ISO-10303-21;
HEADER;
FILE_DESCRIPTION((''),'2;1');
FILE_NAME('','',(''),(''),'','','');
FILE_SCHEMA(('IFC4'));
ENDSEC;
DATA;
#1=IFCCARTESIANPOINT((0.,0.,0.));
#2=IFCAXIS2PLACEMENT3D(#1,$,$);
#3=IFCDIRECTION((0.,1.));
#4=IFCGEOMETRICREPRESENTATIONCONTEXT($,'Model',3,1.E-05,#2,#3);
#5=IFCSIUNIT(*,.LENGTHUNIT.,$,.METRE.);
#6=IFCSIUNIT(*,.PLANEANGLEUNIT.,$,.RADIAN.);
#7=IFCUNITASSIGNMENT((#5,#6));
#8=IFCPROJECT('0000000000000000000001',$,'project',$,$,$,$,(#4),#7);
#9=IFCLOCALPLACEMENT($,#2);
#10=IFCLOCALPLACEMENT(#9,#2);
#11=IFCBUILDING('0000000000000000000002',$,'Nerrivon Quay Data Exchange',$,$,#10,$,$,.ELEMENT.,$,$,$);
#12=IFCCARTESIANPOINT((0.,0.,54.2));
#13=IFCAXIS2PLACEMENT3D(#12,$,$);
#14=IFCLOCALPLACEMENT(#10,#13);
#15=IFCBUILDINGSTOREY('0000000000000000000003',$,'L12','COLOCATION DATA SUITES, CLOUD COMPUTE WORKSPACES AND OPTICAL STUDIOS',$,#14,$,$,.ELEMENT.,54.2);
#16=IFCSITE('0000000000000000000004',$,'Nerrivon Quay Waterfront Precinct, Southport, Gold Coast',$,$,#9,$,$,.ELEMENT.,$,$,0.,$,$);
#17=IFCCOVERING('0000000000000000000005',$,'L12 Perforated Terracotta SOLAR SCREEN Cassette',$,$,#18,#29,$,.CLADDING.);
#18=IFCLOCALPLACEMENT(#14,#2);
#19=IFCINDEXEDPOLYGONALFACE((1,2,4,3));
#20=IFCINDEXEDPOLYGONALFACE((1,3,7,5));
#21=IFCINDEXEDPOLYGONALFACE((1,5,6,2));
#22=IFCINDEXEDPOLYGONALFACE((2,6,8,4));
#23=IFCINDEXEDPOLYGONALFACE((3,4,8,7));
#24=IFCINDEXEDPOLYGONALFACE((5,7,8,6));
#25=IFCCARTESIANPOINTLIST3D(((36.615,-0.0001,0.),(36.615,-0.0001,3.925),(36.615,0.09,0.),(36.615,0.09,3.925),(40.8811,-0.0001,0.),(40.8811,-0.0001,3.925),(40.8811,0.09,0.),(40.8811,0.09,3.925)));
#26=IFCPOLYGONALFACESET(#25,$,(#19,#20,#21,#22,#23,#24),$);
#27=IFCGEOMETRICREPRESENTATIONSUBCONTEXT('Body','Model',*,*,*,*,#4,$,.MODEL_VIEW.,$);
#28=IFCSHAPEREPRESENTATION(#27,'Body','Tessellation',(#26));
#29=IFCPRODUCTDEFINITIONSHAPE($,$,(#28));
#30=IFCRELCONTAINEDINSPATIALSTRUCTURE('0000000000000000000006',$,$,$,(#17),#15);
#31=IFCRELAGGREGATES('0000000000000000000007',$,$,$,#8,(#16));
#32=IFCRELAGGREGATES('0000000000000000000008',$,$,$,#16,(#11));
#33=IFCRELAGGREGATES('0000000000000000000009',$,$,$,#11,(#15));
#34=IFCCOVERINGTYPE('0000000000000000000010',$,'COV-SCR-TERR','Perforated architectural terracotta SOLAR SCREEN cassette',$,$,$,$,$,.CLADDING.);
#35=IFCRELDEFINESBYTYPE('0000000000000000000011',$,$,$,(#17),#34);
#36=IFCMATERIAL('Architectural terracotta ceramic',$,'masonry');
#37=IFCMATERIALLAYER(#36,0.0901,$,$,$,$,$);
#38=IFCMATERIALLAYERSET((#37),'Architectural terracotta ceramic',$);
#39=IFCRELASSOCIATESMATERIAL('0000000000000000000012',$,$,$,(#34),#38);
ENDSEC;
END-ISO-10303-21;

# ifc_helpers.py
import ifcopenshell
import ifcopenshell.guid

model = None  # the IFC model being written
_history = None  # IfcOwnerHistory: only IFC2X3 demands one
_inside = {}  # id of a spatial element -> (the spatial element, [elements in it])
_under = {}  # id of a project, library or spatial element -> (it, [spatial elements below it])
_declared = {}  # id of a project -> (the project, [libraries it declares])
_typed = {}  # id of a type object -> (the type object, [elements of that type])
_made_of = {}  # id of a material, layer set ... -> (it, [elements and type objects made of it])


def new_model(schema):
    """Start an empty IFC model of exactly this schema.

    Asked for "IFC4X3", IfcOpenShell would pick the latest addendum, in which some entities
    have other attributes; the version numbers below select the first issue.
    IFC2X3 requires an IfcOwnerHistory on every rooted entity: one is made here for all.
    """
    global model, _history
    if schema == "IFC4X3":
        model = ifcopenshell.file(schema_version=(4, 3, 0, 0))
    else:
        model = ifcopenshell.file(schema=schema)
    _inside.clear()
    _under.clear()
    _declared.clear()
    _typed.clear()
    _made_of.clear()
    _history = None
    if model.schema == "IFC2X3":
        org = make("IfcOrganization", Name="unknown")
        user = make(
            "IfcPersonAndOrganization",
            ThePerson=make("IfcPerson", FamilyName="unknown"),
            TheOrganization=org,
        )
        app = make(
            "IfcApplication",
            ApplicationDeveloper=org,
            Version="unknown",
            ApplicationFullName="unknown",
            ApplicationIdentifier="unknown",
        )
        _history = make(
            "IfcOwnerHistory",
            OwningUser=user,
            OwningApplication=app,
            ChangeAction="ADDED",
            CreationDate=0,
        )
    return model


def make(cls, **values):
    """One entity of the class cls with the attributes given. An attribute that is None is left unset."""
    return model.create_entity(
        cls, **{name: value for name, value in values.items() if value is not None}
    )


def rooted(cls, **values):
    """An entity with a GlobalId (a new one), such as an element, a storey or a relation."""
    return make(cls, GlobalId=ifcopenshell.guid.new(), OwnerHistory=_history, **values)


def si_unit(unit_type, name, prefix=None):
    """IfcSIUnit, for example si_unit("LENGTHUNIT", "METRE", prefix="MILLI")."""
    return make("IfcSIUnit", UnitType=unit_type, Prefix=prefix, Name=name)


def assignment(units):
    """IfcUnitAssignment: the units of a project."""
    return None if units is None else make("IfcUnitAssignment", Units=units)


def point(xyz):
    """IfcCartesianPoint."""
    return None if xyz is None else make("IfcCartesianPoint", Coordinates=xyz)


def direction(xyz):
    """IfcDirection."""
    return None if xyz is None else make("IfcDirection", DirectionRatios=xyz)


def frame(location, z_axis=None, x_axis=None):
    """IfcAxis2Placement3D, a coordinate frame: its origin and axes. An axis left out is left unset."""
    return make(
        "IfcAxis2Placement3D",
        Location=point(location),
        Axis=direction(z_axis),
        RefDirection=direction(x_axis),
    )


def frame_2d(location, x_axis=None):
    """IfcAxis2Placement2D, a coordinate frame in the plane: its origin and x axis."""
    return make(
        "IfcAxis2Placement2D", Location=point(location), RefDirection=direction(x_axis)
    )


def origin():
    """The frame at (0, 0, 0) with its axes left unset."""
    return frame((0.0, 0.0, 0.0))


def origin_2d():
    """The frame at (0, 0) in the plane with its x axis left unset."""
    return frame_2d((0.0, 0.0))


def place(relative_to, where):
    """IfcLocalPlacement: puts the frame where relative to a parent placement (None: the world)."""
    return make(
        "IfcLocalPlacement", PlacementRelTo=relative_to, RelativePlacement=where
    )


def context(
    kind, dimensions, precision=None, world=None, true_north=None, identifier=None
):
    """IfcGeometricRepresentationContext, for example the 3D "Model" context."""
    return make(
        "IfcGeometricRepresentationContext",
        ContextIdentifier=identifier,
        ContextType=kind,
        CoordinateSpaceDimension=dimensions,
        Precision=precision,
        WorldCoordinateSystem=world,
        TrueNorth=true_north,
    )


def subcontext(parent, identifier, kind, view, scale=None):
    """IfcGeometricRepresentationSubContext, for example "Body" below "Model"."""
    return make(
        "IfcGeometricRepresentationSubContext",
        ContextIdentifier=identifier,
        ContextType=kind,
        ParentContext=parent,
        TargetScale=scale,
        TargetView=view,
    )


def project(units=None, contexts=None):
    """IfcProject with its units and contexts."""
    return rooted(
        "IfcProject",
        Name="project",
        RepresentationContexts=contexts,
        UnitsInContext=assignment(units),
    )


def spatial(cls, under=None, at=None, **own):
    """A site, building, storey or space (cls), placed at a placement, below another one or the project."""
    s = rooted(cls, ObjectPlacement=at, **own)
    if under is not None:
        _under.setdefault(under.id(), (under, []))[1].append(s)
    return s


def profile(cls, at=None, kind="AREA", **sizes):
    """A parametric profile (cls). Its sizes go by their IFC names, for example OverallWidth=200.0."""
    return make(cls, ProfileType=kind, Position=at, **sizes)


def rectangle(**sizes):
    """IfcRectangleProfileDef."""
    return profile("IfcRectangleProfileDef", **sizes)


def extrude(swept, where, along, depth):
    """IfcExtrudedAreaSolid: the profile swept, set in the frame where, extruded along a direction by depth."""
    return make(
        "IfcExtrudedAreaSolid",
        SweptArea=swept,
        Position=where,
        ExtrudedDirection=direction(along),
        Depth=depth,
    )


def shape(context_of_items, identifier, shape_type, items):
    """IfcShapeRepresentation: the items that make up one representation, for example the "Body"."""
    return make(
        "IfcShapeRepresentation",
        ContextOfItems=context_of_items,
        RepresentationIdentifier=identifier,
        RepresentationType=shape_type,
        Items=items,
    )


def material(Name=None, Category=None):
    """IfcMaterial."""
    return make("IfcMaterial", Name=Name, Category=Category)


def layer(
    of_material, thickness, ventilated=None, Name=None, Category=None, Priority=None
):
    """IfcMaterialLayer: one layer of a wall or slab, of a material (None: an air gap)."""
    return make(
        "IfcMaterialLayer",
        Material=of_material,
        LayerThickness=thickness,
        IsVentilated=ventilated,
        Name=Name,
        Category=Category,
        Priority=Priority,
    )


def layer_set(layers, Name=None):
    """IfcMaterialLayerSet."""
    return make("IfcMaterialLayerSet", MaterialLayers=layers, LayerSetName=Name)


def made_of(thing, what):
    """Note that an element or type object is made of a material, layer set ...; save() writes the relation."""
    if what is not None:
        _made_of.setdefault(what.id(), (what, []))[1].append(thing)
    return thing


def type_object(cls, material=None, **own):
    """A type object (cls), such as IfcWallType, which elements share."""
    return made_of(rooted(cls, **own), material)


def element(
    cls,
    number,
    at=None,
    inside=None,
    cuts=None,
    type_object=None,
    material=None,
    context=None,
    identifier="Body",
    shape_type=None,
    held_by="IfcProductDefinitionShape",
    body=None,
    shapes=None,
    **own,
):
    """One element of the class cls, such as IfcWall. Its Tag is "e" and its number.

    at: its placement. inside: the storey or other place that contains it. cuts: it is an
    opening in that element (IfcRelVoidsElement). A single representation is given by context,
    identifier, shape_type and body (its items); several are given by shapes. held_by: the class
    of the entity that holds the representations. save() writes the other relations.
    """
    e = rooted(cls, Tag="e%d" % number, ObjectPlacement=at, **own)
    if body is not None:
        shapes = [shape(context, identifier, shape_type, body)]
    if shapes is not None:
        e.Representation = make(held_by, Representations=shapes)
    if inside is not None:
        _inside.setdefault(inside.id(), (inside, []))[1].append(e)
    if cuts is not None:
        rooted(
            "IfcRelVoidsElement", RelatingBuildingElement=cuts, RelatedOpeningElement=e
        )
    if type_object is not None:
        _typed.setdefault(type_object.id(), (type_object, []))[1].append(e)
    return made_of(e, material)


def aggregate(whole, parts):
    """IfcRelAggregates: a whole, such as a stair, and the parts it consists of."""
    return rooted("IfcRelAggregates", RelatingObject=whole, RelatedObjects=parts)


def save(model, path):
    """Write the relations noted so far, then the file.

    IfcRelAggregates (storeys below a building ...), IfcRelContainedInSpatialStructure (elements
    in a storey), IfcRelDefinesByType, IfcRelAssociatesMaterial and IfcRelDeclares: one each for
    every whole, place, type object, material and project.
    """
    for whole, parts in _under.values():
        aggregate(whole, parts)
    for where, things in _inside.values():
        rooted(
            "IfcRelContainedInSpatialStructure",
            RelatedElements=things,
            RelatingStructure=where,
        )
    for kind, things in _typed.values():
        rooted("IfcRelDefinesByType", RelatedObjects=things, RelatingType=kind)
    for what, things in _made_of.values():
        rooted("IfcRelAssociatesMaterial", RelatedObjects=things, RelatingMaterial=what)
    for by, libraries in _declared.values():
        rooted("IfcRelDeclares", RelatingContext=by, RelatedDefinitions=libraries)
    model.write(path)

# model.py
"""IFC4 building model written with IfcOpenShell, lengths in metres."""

from ifc_helpers import new_model, si_unit, direction, frame, origin, origin_2d, place, context, subcontext, project, spatial, rectangle, extrude, material, layer, layer_set, type_object, element, save


model = new_model("IFC4")

# Units and contexts
model_context = context("Model", 3, precision=1e-05, world=origin(), true_north=direction((0.0, 1.0)))
body_context = subcontext(model_context, "Body", "Model", "MODEL_VIEW")
ifc_project = project(units=[si_unit("LENGTHUNIT", "METRE"), si_unit("PLANEANGLEUNIT", "RADIAN")], contexts=[model_context])

# Site, building, storey
site_placement = place(None, origin())
site = spatial("IfcSite", under=ifc_project, at=site_placement, Name="Nerrivon Quay Waterfront Precinct, Southport, Gold Coast", CompositionType="ELEMENT", RefElevation=0.0)
building_placement = place(site_placement, origin())
building = spatial("IfcBuilding", under=site, at=building_placement, Name="Nerrivon Quay Data Exchange", CompositionType="ELEMENT")
storey_placement = place(building_placement, frame((0.0, 0.0, 54.2)))
storey = spatial("IfcBuildingStorey", under=building, at=storey_placement, Name="L12", Description="COLOCATION DATA SUITES, CLOUD COMPUTE WORKSPACES AND OPTICAL STUDIOS", CompositionType="ELEMENT", Elevation=54.2)

# Covering
ifc_material_1 = material(Name="Architectural terracotta ceramic", Category="masonry")
ifc_layer_1 = layer(ifc_material_1, 0.0901)
ifc_layer_set_1 = layer_set([ifc_layer_1], Name="Architectural terracotta ceramic")
covering_type = type_object("IfcCoveringType", Name="COV-SCR-TERR", Description="Perforated architectural terracotta SOLAR SCREEN cassette", PredefinedType="CLADDING", material=ifc_layer_set_1)
covering_placement = place(storey_placement, frame((38.748, 0.0449, 0.0), z_axis=(0.0, 0.0, 1.0), x_axis=(-1.0, 0.0, 0.0)))
element("IfcCovering", 1, at=covering_placement, inside=storey, type_object=covering_type, Name="L12 Perforated Terracotta SOLAR SCREEN Cassette", PredefinedType="CLADDING", context=body_context, shape_type="SweptSolid", body=[
    extrude(rectangle(XDim=4.2661, YDim=0.0901, at=origin_2d()), origin(), (0.0, 0.0, 1.0), 3.925),
])

save(model, "model.ifc")
